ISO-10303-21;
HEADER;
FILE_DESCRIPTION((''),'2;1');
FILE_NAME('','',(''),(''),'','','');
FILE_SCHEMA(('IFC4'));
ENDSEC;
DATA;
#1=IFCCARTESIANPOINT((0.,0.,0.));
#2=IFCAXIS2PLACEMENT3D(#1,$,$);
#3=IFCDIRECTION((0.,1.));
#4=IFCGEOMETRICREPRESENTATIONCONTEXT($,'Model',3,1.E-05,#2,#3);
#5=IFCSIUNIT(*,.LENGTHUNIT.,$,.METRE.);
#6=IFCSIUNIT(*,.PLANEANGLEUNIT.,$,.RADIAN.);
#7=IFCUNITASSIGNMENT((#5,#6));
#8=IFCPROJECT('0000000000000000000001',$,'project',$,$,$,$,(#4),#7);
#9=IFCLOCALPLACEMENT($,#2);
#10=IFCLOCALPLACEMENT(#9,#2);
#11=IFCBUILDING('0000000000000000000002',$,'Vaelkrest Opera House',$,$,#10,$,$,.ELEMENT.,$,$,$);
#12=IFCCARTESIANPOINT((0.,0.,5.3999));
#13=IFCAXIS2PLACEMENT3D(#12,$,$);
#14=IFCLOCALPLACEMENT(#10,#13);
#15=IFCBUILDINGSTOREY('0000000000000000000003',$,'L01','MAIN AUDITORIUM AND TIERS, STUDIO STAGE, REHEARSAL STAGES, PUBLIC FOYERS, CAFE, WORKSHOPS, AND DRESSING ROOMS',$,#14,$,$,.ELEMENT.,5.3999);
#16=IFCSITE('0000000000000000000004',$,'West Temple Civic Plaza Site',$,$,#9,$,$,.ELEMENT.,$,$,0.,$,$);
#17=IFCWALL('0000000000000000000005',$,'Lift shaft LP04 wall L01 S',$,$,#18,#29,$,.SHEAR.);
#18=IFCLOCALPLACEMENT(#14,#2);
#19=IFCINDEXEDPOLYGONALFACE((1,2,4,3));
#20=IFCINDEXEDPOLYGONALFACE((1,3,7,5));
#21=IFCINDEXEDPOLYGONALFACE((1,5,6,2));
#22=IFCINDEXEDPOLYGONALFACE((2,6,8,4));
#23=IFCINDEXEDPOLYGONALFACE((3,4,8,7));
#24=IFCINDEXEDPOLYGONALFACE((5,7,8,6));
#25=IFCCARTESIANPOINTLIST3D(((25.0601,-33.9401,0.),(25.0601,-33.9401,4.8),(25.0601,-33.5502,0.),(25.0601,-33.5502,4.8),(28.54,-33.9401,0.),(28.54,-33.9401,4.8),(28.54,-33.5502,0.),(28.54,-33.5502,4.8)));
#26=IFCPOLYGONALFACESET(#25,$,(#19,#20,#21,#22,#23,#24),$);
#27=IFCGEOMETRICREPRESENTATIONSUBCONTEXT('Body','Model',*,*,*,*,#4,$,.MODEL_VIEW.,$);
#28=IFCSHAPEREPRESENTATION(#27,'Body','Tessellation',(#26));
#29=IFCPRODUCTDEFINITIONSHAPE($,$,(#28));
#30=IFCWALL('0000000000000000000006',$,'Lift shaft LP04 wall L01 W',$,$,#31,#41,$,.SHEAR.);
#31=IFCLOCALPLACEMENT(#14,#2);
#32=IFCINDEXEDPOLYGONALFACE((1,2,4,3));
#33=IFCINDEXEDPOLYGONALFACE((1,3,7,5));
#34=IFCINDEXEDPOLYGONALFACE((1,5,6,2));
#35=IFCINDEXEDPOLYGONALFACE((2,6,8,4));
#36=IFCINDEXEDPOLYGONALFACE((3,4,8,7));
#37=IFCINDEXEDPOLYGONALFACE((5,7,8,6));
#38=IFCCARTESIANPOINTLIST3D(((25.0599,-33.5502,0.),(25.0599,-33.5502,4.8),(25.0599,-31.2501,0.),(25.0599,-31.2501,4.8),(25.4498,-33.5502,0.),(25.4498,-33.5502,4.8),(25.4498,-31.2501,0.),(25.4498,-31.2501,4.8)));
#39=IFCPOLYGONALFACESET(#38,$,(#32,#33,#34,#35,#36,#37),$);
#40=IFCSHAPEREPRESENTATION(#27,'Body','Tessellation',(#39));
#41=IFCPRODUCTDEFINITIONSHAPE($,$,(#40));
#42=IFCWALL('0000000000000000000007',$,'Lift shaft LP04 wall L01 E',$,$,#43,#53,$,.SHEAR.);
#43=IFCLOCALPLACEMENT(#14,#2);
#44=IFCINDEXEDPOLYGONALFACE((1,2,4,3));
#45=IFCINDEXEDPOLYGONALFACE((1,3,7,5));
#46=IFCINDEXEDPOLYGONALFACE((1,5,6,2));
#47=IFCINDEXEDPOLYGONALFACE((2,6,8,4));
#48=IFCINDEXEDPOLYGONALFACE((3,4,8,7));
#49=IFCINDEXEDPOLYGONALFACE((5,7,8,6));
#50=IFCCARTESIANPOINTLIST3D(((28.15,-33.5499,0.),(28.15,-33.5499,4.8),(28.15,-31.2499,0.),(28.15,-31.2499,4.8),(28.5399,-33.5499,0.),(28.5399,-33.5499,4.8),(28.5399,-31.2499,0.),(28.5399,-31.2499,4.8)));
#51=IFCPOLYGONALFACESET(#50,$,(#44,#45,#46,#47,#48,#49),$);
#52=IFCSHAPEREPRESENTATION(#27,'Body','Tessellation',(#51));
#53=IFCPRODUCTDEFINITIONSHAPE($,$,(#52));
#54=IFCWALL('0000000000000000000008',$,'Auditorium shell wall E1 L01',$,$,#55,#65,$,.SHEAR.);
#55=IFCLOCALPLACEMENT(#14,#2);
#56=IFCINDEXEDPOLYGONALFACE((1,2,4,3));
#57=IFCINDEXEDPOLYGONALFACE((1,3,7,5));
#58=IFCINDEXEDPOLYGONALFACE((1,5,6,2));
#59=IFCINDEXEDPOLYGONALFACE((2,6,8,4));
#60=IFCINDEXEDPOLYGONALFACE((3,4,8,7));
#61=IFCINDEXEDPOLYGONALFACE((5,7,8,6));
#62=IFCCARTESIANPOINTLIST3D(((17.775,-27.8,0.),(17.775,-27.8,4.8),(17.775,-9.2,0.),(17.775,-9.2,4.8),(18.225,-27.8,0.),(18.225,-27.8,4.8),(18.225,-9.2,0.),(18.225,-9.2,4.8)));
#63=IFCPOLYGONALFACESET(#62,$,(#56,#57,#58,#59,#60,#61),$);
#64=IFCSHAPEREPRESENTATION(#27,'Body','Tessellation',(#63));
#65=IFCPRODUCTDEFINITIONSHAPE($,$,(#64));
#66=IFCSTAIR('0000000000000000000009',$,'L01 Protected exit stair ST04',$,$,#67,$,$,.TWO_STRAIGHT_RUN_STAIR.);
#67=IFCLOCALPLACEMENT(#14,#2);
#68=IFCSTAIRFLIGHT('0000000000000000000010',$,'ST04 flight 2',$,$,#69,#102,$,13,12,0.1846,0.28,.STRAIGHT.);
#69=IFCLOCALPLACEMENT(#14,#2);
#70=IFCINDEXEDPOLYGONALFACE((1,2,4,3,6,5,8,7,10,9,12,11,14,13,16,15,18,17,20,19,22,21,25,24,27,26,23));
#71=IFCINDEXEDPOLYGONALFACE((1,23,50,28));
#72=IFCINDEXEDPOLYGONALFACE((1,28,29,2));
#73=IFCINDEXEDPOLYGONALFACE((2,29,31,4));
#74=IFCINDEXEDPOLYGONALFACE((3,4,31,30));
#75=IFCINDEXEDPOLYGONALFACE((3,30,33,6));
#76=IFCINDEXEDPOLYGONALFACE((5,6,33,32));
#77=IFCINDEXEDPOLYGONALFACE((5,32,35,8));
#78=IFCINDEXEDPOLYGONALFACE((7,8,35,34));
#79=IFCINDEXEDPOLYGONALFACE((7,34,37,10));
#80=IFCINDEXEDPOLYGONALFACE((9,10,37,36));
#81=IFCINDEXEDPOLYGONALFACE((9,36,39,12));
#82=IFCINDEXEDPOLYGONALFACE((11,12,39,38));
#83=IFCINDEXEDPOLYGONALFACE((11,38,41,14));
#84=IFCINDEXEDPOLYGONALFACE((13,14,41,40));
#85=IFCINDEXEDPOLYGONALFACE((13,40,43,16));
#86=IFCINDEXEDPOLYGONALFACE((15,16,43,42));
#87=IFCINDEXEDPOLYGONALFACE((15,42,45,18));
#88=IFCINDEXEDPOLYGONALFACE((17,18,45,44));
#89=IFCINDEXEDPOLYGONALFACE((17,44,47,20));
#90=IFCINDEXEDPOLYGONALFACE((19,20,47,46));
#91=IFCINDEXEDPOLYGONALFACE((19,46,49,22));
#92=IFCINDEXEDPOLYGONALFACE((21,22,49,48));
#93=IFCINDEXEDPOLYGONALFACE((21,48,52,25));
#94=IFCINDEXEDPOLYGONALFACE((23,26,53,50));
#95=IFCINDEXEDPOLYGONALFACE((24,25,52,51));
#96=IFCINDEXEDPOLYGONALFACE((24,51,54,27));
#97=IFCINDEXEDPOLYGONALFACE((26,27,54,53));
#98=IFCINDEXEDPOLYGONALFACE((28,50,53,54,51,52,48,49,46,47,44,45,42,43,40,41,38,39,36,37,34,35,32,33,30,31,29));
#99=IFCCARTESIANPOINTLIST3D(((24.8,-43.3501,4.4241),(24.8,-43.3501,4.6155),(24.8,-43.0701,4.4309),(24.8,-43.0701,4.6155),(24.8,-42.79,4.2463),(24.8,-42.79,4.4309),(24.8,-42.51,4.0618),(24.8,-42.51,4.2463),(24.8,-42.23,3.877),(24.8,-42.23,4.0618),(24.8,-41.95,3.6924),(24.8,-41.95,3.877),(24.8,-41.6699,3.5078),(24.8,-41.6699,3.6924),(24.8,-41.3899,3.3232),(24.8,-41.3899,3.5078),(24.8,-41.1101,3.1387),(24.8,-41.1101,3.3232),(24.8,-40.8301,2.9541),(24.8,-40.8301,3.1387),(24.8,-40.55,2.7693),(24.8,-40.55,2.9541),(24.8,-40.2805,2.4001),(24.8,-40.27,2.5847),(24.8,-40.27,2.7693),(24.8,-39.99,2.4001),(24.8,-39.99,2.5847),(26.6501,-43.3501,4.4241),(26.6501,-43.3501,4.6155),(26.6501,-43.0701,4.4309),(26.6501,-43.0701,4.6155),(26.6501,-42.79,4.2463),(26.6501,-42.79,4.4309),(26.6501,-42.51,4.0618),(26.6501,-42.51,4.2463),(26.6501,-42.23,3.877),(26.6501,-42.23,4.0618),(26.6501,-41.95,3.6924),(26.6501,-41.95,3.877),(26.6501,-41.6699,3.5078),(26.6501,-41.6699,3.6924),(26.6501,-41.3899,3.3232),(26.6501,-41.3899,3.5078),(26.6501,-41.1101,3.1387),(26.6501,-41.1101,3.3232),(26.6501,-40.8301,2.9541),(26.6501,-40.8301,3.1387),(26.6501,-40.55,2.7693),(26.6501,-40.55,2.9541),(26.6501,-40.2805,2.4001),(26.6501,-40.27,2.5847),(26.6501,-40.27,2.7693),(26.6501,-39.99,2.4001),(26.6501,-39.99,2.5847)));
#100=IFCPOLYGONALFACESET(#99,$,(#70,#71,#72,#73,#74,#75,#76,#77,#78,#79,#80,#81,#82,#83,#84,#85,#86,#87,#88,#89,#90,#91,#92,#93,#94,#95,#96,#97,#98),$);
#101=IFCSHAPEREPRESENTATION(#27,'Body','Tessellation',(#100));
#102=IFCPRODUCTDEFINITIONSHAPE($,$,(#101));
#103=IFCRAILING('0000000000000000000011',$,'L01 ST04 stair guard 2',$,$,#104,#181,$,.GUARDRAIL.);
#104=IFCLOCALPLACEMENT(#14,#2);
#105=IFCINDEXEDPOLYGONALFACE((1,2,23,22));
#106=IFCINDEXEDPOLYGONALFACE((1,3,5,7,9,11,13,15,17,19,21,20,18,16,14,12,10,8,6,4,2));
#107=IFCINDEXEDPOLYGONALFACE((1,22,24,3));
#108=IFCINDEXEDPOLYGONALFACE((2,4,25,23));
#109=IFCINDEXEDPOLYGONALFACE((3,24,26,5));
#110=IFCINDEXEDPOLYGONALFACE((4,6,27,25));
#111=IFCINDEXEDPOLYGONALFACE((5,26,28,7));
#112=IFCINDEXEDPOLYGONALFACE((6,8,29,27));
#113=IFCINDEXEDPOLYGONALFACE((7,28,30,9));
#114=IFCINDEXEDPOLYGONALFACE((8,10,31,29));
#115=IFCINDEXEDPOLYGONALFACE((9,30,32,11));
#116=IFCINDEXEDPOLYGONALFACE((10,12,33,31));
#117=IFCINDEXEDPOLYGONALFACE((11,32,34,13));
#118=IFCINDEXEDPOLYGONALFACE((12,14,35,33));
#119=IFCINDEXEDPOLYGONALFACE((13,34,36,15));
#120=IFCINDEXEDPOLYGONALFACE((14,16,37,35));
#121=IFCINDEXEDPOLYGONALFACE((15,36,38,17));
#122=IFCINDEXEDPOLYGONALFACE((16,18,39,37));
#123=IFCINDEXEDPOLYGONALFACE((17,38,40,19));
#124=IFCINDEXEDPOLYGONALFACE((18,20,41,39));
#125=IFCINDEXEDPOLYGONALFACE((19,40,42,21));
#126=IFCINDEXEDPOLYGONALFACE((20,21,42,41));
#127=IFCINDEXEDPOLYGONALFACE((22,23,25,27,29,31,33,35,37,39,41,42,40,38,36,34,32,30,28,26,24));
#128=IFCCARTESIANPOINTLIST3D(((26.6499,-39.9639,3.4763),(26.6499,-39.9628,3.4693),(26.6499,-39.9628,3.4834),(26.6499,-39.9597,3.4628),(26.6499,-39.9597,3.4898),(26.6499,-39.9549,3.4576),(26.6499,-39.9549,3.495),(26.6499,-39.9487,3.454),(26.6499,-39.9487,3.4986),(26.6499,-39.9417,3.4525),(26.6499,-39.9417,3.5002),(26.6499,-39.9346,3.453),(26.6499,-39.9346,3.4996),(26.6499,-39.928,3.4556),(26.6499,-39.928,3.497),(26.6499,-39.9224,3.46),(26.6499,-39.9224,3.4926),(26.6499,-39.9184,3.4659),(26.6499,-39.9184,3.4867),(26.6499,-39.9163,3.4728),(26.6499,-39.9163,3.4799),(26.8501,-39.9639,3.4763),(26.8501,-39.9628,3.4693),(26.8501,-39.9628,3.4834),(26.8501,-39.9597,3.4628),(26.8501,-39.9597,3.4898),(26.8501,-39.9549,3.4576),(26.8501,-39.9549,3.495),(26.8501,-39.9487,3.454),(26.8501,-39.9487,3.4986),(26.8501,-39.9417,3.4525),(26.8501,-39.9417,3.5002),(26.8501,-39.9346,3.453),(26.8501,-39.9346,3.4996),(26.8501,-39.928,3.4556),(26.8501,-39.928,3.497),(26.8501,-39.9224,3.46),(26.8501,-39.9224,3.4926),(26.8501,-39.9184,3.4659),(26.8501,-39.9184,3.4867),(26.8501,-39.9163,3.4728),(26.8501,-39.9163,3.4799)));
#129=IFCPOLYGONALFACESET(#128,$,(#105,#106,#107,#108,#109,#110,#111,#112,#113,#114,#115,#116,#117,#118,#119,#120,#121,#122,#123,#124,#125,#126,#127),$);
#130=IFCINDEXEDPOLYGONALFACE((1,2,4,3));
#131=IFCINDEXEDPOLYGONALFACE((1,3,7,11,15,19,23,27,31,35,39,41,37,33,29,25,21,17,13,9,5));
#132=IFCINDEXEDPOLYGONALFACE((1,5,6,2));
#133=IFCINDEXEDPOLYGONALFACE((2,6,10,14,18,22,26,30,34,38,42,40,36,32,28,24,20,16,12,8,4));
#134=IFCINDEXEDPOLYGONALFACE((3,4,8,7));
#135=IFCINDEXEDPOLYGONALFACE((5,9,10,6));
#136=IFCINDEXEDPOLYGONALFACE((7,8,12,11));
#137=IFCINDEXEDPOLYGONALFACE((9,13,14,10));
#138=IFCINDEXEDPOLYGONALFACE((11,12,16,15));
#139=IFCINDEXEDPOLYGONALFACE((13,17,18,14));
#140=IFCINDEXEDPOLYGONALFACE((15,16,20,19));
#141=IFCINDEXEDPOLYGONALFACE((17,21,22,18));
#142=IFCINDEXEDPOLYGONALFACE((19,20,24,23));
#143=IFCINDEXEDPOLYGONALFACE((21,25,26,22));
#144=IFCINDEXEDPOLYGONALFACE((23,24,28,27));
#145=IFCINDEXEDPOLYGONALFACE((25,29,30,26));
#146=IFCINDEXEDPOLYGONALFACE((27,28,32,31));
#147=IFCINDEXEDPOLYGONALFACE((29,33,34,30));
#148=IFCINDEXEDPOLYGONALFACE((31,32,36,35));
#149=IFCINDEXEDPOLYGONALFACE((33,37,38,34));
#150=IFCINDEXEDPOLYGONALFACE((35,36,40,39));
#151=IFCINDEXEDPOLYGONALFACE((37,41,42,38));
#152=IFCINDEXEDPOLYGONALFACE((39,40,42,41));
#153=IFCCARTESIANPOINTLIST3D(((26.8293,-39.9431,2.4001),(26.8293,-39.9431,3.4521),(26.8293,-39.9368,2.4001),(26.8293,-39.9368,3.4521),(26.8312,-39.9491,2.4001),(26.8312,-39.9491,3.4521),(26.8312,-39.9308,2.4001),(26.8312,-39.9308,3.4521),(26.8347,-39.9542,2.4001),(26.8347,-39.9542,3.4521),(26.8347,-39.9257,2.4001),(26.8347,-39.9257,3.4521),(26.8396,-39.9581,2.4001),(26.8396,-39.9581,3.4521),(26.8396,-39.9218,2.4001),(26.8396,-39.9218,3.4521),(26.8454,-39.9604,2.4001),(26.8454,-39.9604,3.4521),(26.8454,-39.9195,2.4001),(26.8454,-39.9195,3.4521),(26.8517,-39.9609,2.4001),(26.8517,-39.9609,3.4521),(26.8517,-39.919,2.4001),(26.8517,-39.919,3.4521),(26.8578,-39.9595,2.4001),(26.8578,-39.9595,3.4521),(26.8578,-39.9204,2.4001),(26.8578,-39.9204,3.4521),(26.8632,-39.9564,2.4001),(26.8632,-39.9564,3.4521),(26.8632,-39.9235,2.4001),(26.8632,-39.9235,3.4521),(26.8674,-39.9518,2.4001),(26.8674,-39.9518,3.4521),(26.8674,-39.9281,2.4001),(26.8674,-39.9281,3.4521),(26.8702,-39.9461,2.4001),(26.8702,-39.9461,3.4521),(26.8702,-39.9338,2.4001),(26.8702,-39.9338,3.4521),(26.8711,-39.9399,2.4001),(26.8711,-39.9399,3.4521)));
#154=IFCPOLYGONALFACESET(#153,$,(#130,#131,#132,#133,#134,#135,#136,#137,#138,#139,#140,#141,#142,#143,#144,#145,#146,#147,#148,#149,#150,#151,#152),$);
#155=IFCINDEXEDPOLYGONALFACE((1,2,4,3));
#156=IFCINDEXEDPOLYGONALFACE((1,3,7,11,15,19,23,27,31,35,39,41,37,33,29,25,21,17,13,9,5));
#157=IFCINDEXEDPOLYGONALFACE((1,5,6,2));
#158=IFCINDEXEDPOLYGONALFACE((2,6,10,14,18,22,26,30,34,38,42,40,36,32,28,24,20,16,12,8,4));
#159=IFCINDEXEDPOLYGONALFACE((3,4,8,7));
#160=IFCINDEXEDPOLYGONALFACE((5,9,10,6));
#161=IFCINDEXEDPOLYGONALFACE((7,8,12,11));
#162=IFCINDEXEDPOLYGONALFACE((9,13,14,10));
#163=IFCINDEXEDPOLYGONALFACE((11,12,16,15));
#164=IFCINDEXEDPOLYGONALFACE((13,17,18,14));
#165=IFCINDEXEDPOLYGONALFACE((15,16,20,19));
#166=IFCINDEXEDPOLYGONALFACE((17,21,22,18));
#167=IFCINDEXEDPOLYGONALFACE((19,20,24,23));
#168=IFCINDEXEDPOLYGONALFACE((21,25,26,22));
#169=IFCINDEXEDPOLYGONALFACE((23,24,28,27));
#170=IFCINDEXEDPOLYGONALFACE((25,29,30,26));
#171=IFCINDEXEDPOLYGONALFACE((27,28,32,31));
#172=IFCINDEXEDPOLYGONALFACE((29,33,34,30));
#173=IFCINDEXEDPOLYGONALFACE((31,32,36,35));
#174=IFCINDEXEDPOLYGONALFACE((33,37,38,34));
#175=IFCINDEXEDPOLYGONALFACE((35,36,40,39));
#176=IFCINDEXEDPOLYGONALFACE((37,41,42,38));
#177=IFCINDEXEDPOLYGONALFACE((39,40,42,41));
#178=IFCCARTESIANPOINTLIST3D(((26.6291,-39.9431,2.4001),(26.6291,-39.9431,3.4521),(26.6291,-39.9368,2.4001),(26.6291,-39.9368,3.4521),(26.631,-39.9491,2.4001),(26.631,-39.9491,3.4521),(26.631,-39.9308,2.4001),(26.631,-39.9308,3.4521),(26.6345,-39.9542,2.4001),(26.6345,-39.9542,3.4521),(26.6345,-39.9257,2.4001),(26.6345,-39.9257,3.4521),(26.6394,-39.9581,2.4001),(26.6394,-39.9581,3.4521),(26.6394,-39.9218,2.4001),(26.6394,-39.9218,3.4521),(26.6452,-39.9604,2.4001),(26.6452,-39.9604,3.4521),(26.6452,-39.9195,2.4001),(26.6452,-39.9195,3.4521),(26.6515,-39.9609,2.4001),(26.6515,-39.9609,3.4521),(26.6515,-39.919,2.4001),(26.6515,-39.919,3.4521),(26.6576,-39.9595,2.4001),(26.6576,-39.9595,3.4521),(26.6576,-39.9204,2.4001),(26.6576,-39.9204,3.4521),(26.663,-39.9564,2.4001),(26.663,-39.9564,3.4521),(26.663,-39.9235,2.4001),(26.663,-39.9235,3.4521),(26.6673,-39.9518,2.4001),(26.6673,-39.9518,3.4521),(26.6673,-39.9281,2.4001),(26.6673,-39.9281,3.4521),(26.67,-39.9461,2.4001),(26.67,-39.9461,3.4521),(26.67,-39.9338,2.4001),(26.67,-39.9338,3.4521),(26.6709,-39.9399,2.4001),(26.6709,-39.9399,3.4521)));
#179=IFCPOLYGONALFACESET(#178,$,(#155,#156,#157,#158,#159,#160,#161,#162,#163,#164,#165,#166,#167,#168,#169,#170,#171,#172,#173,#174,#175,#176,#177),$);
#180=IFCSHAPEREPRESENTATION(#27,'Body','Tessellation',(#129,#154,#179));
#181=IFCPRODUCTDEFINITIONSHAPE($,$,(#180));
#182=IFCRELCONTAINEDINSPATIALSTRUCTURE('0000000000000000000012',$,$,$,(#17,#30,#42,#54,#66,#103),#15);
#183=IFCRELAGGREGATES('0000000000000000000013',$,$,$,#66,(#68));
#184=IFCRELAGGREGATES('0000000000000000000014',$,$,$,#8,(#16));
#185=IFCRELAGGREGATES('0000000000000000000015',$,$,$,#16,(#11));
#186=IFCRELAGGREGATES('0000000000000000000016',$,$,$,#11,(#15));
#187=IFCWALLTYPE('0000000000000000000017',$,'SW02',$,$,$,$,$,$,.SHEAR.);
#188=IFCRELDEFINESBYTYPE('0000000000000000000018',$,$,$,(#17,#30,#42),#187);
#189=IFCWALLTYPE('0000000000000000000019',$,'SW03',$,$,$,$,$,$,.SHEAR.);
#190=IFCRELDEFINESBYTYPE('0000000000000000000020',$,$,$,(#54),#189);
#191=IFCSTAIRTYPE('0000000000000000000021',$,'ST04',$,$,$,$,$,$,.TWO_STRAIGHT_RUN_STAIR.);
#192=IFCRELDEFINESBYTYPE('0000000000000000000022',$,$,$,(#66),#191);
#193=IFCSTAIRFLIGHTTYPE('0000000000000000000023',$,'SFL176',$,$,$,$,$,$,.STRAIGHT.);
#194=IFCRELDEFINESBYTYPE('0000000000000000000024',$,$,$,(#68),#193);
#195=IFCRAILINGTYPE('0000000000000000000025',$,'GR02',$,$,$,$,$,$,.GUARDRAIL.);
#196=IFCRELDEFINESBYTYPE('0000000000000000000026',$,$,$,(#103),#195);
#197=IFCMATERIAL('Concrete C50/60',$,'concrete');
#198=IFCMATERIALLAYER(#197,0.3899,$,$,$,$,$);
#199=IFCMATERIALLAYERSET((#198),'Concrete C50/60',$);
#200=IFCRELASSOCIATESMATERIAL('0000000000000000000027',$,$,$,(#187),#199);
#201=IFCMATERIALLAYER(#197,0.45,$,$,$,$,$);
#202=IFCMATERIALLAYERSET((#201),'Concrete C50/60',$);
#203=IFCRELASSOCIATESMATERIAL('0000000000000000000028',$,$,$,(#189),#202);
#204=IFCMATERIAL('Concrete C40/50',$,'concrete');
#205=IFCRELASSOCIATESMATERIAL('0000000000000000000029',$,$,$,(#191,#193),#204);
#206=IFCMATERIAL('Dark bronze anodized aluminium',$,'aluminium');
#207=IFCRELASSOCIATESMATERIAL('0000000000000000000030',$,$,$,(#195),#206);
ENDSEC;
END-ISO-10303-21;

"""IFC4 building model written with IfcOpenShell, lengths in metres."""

from ifc_helpers import new_model, si_unit, direction, frame, frame_2d, origin, origin_2d, place, context, subcontext, project, spatial, polyline, rectangle, circle, outline, extrude, material, layer, layer_set, type_object, element, aggregate, save


model = new_model("IFC4")

# Units and contexts
model_context = context("Model", 3, precision=1e-05, world=origin(), true_north=direction((0.0, 1.0)))
body_context = subcontext(model_context, "Body", "Model", "MODEL_VIEW")
ifc_project = project(units=[si_unit("LENGTHUNIT", "METRE"), si_unit("PLANEANGLEUNIT", "RADIAN")], contexts=[model_context])

# Site, building, storey
site_placement = place(None, origin())
site = spatial("IfcSite", under=ifc_project, at=site_placement, Name="West Temple Civic Plaza Site", CompositionType="ELEMENT", RefElevation=0.0)
building_placement = place(site_placement, origin())
building = spatial("IfcBuilding", under=site, at=building_placement, Name="Vaelkrest Opera House", CompositionType="ELEMENT")
storey_placement = place(building_placement, frame((0.0, 0.0, 5.3999)))
storey = spatial("IfcBuildingStorey", under=building, at=storey_placement, Name="L01", Description="MAIN AUDITORIUM AND TIERS, STUDIO STAGE, REHEARSAL STAGES, PUBLIC FOYERS, CAFE, WORKSHOPS, AND DRESSING ROOMS", CompositionType="ELEMENT", Elevation=5.3999)

# Shared definitions
ifc_material_1 = material(Name="Concrete C50/60", Category="concrete")

# Wall
ifc_layer_1 = layer(ifc_material_1, 0.3899)
ifc_layer_set_1 = layer_set([ifc_layer_1], Name="Concrete C50/60")
wall_type_1 = type_object("IfcWallType", Name="SW02", PredefinedType="SHEAR", material=ifc_layer_set_1)
wall_1_placement = place(storey_placement, frame((28.54, -33.7451, 0.0), z_axis=(0.0, 0.0, 1.0), x_axis=(-1.0, 0.0, 0.0)))
element("IfcWall", 1, at=wall_1_placement, inside=storey, type_object=wall_type_1, Name="Lift shaft LP04 wall L01 S", PredefinedType="SHEAR", context=body_context, shape_type="SweptSolid", body=[
    extrude(rectangle(XDim=3.48, YDim=0.3899, at=frame_2d((1.74, 0.0))), origin(), (0.0, 0.0, 1.0), 4.8),
])

# Shared definitions
ifc_material_2 = material(Name="Dark bronze anodized aluminium", Category="aluminium")

# Walls
for number, where, z_axis, x_axis, name in (
    (2, (25.2549, -33.55, 0.0), (0.0, 0.0, 1.0), (0.0, 1.0, 0.0), "Lift shaft LP04 wall L01 W"),
    (3, (28.345, -31.25, 0.0), (0.0, 0.0, 1.0), (0.0, -1.0, 0.0), "Lift shaft LP04 wall L01 E"),
):
    element("IfcWall", number, at=place(storey_placement, frame(where, z_axis=z_axis, x_axis=x_axis)), inside=storey, type_object=wall_type_1, Name=name, PredefinedType="SHEAR", context=body_context, shape_type="SweptSolid", body=[
        extrude(rectangle(XDim=2.3, YDim=0.3899, at=frame_2d((1.1499, 0.0))), origin(), (0.0, 0.0, 1.0), 4.8),
    ])
ifc_layer_2 = layer(ifc_material_1, 0.45)
ifc_layer_set_2 = layer_set([ifc_layer_2], Name="Concrete C50/60")
wall_type_2 = type_object("IfcWallType", Name="SW03", PredefinedType="SHEAR", material=ifc_layer_set_2)
wall_2_placement = place(storey_placement, frame((18.0, -27.8, 0.0), z_axis=(0.0, 0.0, 1.0), x_axis=(0.0, 1.0, 0.0)))
element("IfcWall", 4, at=wall_2_placement, inside=storey, type_object=wall_type_2, Name="Auditorium shell wall E1 L01", PredefinedType="SHEAR", context=body_context, shape_type="SweptSolid", body=[
    extrude(rectangle(XDim=18.6001, YDim=0.45, at=frame_2d((9.3, 0.0))), origin(), (0.0, 0.0, 1.0), 4.8),
])

# Stair, stair flight
ifc_material_3 = material(Name="Concrete C40/50", Category="concrete")
stair_type = type_object("IfcStairType", Name="ST04", PredefinedType="TWO_STRAIGHT_RUN_STAIR", material=ifc_material_3)
stair_placement = place(storey_placement, origin())
stair = element("IfcStair", 5, at=stair_placement, inside=storey, type_object=stair_type, Name="L01 Protected exit stair ST04", PredefinedType="TWO_STRAIGHT_RUN_STAIR")
stair_flight_type = type_object("IfcStairFlightType", Name="SFL176", PredefinedType="STRAIGHT", material=ifc_material_3)
stair_flight_placement = place(storey_placement, frame((25.7251, -39.99, 2.4001), z_axis=(0.0, 0.0, 1.0), x_axis=(0.0, -1.0, 0.0)))
stair_flight = element("IfcStairFlight", 6, at=stair_flight_placement, type_object=stair_flight_type, Name="ST04 flight 2", NumberOfRisers=13, NumberOfTreads=12, PredefinedType="STRAIGHT", RiserHeight=0.1846, TreadLength=0.28, context=body_context, shape_type="SweptSolid", body=[
    extrude(outline(polyline([(0.0, 0.0), (0.0, 0.1846), (0.28, 0.1846), (0.28, 0.3691), (0.5601, 0.3691), (0.5601, 0.554), (0.8401, 0.554), (0.8401, 0.7385), (1.1201, 0.7385), (1.1201, 0.9231), (1.3999, 0.9231), (1.3999, 1.1077), (1.6799, 1.1077), (1.6799, 1.2922), (1.96, 1.2922), (1.96, 1.4768), (2.24, 1.4768), (2.24, 1.6616), (2.52, 1.6616), (2.52, 1.8462), (2.8, 1.8462), (2.8, 2.0308), (3.0801, 2.0308), (3.0801, 2.2153), (3.3601, 2.2153), (3.3601, 2.3999), (3.3601, 2.0239), (0.2905, 0.0), (0.0, 0.0)])), frame((0.0, 0.925, 0.0), z_axis=(0.0, -1.0, 0.0), x_axis=(1.0, 0.0, 0.0)), (0.0, 0.0, 1.0), 1.8501),
])
aggregate(stair, [stair_flight])

# Railing
railing_type_1 = type_object("IfcRailingType", Name="GR02", PredefinedType="GUARDRAIL", material=ifc_material_2)
railing_1_placement = place(storey_placement, frame((26.8501, -39.9399, 2.4001)))
element("IfcRailing", 7, at=railing_1_placement, inside=storey, type_object=railing_type_1, Name="L01 ST04 stair guard 2", PredefinedType="GUARDRAIL", context=body_context, shape_type="SweptSolid", body=[
    extrude(circle(Radius=0.0239, at=origin_2d()), frame((0.0, 0.0, 1.0762), z_axis=(-1.0, 0.0, 0.0), x_axis=(0.0, -1.0, 0.0)), (0.0, 0.0, 1.0), 0.2002),
    extrude(circle(Radius=0.021, at=origin_2d()), origin(), (0.0, 0.0, 1.0), 1.052),
    extrude(circle(Radius=0.021, at=origin_2d()), frame((-0.2002, 0.0, 0.0)), (0.0, 0.0, 1.0), 1.052),
])

save(model, "model.ifc")
